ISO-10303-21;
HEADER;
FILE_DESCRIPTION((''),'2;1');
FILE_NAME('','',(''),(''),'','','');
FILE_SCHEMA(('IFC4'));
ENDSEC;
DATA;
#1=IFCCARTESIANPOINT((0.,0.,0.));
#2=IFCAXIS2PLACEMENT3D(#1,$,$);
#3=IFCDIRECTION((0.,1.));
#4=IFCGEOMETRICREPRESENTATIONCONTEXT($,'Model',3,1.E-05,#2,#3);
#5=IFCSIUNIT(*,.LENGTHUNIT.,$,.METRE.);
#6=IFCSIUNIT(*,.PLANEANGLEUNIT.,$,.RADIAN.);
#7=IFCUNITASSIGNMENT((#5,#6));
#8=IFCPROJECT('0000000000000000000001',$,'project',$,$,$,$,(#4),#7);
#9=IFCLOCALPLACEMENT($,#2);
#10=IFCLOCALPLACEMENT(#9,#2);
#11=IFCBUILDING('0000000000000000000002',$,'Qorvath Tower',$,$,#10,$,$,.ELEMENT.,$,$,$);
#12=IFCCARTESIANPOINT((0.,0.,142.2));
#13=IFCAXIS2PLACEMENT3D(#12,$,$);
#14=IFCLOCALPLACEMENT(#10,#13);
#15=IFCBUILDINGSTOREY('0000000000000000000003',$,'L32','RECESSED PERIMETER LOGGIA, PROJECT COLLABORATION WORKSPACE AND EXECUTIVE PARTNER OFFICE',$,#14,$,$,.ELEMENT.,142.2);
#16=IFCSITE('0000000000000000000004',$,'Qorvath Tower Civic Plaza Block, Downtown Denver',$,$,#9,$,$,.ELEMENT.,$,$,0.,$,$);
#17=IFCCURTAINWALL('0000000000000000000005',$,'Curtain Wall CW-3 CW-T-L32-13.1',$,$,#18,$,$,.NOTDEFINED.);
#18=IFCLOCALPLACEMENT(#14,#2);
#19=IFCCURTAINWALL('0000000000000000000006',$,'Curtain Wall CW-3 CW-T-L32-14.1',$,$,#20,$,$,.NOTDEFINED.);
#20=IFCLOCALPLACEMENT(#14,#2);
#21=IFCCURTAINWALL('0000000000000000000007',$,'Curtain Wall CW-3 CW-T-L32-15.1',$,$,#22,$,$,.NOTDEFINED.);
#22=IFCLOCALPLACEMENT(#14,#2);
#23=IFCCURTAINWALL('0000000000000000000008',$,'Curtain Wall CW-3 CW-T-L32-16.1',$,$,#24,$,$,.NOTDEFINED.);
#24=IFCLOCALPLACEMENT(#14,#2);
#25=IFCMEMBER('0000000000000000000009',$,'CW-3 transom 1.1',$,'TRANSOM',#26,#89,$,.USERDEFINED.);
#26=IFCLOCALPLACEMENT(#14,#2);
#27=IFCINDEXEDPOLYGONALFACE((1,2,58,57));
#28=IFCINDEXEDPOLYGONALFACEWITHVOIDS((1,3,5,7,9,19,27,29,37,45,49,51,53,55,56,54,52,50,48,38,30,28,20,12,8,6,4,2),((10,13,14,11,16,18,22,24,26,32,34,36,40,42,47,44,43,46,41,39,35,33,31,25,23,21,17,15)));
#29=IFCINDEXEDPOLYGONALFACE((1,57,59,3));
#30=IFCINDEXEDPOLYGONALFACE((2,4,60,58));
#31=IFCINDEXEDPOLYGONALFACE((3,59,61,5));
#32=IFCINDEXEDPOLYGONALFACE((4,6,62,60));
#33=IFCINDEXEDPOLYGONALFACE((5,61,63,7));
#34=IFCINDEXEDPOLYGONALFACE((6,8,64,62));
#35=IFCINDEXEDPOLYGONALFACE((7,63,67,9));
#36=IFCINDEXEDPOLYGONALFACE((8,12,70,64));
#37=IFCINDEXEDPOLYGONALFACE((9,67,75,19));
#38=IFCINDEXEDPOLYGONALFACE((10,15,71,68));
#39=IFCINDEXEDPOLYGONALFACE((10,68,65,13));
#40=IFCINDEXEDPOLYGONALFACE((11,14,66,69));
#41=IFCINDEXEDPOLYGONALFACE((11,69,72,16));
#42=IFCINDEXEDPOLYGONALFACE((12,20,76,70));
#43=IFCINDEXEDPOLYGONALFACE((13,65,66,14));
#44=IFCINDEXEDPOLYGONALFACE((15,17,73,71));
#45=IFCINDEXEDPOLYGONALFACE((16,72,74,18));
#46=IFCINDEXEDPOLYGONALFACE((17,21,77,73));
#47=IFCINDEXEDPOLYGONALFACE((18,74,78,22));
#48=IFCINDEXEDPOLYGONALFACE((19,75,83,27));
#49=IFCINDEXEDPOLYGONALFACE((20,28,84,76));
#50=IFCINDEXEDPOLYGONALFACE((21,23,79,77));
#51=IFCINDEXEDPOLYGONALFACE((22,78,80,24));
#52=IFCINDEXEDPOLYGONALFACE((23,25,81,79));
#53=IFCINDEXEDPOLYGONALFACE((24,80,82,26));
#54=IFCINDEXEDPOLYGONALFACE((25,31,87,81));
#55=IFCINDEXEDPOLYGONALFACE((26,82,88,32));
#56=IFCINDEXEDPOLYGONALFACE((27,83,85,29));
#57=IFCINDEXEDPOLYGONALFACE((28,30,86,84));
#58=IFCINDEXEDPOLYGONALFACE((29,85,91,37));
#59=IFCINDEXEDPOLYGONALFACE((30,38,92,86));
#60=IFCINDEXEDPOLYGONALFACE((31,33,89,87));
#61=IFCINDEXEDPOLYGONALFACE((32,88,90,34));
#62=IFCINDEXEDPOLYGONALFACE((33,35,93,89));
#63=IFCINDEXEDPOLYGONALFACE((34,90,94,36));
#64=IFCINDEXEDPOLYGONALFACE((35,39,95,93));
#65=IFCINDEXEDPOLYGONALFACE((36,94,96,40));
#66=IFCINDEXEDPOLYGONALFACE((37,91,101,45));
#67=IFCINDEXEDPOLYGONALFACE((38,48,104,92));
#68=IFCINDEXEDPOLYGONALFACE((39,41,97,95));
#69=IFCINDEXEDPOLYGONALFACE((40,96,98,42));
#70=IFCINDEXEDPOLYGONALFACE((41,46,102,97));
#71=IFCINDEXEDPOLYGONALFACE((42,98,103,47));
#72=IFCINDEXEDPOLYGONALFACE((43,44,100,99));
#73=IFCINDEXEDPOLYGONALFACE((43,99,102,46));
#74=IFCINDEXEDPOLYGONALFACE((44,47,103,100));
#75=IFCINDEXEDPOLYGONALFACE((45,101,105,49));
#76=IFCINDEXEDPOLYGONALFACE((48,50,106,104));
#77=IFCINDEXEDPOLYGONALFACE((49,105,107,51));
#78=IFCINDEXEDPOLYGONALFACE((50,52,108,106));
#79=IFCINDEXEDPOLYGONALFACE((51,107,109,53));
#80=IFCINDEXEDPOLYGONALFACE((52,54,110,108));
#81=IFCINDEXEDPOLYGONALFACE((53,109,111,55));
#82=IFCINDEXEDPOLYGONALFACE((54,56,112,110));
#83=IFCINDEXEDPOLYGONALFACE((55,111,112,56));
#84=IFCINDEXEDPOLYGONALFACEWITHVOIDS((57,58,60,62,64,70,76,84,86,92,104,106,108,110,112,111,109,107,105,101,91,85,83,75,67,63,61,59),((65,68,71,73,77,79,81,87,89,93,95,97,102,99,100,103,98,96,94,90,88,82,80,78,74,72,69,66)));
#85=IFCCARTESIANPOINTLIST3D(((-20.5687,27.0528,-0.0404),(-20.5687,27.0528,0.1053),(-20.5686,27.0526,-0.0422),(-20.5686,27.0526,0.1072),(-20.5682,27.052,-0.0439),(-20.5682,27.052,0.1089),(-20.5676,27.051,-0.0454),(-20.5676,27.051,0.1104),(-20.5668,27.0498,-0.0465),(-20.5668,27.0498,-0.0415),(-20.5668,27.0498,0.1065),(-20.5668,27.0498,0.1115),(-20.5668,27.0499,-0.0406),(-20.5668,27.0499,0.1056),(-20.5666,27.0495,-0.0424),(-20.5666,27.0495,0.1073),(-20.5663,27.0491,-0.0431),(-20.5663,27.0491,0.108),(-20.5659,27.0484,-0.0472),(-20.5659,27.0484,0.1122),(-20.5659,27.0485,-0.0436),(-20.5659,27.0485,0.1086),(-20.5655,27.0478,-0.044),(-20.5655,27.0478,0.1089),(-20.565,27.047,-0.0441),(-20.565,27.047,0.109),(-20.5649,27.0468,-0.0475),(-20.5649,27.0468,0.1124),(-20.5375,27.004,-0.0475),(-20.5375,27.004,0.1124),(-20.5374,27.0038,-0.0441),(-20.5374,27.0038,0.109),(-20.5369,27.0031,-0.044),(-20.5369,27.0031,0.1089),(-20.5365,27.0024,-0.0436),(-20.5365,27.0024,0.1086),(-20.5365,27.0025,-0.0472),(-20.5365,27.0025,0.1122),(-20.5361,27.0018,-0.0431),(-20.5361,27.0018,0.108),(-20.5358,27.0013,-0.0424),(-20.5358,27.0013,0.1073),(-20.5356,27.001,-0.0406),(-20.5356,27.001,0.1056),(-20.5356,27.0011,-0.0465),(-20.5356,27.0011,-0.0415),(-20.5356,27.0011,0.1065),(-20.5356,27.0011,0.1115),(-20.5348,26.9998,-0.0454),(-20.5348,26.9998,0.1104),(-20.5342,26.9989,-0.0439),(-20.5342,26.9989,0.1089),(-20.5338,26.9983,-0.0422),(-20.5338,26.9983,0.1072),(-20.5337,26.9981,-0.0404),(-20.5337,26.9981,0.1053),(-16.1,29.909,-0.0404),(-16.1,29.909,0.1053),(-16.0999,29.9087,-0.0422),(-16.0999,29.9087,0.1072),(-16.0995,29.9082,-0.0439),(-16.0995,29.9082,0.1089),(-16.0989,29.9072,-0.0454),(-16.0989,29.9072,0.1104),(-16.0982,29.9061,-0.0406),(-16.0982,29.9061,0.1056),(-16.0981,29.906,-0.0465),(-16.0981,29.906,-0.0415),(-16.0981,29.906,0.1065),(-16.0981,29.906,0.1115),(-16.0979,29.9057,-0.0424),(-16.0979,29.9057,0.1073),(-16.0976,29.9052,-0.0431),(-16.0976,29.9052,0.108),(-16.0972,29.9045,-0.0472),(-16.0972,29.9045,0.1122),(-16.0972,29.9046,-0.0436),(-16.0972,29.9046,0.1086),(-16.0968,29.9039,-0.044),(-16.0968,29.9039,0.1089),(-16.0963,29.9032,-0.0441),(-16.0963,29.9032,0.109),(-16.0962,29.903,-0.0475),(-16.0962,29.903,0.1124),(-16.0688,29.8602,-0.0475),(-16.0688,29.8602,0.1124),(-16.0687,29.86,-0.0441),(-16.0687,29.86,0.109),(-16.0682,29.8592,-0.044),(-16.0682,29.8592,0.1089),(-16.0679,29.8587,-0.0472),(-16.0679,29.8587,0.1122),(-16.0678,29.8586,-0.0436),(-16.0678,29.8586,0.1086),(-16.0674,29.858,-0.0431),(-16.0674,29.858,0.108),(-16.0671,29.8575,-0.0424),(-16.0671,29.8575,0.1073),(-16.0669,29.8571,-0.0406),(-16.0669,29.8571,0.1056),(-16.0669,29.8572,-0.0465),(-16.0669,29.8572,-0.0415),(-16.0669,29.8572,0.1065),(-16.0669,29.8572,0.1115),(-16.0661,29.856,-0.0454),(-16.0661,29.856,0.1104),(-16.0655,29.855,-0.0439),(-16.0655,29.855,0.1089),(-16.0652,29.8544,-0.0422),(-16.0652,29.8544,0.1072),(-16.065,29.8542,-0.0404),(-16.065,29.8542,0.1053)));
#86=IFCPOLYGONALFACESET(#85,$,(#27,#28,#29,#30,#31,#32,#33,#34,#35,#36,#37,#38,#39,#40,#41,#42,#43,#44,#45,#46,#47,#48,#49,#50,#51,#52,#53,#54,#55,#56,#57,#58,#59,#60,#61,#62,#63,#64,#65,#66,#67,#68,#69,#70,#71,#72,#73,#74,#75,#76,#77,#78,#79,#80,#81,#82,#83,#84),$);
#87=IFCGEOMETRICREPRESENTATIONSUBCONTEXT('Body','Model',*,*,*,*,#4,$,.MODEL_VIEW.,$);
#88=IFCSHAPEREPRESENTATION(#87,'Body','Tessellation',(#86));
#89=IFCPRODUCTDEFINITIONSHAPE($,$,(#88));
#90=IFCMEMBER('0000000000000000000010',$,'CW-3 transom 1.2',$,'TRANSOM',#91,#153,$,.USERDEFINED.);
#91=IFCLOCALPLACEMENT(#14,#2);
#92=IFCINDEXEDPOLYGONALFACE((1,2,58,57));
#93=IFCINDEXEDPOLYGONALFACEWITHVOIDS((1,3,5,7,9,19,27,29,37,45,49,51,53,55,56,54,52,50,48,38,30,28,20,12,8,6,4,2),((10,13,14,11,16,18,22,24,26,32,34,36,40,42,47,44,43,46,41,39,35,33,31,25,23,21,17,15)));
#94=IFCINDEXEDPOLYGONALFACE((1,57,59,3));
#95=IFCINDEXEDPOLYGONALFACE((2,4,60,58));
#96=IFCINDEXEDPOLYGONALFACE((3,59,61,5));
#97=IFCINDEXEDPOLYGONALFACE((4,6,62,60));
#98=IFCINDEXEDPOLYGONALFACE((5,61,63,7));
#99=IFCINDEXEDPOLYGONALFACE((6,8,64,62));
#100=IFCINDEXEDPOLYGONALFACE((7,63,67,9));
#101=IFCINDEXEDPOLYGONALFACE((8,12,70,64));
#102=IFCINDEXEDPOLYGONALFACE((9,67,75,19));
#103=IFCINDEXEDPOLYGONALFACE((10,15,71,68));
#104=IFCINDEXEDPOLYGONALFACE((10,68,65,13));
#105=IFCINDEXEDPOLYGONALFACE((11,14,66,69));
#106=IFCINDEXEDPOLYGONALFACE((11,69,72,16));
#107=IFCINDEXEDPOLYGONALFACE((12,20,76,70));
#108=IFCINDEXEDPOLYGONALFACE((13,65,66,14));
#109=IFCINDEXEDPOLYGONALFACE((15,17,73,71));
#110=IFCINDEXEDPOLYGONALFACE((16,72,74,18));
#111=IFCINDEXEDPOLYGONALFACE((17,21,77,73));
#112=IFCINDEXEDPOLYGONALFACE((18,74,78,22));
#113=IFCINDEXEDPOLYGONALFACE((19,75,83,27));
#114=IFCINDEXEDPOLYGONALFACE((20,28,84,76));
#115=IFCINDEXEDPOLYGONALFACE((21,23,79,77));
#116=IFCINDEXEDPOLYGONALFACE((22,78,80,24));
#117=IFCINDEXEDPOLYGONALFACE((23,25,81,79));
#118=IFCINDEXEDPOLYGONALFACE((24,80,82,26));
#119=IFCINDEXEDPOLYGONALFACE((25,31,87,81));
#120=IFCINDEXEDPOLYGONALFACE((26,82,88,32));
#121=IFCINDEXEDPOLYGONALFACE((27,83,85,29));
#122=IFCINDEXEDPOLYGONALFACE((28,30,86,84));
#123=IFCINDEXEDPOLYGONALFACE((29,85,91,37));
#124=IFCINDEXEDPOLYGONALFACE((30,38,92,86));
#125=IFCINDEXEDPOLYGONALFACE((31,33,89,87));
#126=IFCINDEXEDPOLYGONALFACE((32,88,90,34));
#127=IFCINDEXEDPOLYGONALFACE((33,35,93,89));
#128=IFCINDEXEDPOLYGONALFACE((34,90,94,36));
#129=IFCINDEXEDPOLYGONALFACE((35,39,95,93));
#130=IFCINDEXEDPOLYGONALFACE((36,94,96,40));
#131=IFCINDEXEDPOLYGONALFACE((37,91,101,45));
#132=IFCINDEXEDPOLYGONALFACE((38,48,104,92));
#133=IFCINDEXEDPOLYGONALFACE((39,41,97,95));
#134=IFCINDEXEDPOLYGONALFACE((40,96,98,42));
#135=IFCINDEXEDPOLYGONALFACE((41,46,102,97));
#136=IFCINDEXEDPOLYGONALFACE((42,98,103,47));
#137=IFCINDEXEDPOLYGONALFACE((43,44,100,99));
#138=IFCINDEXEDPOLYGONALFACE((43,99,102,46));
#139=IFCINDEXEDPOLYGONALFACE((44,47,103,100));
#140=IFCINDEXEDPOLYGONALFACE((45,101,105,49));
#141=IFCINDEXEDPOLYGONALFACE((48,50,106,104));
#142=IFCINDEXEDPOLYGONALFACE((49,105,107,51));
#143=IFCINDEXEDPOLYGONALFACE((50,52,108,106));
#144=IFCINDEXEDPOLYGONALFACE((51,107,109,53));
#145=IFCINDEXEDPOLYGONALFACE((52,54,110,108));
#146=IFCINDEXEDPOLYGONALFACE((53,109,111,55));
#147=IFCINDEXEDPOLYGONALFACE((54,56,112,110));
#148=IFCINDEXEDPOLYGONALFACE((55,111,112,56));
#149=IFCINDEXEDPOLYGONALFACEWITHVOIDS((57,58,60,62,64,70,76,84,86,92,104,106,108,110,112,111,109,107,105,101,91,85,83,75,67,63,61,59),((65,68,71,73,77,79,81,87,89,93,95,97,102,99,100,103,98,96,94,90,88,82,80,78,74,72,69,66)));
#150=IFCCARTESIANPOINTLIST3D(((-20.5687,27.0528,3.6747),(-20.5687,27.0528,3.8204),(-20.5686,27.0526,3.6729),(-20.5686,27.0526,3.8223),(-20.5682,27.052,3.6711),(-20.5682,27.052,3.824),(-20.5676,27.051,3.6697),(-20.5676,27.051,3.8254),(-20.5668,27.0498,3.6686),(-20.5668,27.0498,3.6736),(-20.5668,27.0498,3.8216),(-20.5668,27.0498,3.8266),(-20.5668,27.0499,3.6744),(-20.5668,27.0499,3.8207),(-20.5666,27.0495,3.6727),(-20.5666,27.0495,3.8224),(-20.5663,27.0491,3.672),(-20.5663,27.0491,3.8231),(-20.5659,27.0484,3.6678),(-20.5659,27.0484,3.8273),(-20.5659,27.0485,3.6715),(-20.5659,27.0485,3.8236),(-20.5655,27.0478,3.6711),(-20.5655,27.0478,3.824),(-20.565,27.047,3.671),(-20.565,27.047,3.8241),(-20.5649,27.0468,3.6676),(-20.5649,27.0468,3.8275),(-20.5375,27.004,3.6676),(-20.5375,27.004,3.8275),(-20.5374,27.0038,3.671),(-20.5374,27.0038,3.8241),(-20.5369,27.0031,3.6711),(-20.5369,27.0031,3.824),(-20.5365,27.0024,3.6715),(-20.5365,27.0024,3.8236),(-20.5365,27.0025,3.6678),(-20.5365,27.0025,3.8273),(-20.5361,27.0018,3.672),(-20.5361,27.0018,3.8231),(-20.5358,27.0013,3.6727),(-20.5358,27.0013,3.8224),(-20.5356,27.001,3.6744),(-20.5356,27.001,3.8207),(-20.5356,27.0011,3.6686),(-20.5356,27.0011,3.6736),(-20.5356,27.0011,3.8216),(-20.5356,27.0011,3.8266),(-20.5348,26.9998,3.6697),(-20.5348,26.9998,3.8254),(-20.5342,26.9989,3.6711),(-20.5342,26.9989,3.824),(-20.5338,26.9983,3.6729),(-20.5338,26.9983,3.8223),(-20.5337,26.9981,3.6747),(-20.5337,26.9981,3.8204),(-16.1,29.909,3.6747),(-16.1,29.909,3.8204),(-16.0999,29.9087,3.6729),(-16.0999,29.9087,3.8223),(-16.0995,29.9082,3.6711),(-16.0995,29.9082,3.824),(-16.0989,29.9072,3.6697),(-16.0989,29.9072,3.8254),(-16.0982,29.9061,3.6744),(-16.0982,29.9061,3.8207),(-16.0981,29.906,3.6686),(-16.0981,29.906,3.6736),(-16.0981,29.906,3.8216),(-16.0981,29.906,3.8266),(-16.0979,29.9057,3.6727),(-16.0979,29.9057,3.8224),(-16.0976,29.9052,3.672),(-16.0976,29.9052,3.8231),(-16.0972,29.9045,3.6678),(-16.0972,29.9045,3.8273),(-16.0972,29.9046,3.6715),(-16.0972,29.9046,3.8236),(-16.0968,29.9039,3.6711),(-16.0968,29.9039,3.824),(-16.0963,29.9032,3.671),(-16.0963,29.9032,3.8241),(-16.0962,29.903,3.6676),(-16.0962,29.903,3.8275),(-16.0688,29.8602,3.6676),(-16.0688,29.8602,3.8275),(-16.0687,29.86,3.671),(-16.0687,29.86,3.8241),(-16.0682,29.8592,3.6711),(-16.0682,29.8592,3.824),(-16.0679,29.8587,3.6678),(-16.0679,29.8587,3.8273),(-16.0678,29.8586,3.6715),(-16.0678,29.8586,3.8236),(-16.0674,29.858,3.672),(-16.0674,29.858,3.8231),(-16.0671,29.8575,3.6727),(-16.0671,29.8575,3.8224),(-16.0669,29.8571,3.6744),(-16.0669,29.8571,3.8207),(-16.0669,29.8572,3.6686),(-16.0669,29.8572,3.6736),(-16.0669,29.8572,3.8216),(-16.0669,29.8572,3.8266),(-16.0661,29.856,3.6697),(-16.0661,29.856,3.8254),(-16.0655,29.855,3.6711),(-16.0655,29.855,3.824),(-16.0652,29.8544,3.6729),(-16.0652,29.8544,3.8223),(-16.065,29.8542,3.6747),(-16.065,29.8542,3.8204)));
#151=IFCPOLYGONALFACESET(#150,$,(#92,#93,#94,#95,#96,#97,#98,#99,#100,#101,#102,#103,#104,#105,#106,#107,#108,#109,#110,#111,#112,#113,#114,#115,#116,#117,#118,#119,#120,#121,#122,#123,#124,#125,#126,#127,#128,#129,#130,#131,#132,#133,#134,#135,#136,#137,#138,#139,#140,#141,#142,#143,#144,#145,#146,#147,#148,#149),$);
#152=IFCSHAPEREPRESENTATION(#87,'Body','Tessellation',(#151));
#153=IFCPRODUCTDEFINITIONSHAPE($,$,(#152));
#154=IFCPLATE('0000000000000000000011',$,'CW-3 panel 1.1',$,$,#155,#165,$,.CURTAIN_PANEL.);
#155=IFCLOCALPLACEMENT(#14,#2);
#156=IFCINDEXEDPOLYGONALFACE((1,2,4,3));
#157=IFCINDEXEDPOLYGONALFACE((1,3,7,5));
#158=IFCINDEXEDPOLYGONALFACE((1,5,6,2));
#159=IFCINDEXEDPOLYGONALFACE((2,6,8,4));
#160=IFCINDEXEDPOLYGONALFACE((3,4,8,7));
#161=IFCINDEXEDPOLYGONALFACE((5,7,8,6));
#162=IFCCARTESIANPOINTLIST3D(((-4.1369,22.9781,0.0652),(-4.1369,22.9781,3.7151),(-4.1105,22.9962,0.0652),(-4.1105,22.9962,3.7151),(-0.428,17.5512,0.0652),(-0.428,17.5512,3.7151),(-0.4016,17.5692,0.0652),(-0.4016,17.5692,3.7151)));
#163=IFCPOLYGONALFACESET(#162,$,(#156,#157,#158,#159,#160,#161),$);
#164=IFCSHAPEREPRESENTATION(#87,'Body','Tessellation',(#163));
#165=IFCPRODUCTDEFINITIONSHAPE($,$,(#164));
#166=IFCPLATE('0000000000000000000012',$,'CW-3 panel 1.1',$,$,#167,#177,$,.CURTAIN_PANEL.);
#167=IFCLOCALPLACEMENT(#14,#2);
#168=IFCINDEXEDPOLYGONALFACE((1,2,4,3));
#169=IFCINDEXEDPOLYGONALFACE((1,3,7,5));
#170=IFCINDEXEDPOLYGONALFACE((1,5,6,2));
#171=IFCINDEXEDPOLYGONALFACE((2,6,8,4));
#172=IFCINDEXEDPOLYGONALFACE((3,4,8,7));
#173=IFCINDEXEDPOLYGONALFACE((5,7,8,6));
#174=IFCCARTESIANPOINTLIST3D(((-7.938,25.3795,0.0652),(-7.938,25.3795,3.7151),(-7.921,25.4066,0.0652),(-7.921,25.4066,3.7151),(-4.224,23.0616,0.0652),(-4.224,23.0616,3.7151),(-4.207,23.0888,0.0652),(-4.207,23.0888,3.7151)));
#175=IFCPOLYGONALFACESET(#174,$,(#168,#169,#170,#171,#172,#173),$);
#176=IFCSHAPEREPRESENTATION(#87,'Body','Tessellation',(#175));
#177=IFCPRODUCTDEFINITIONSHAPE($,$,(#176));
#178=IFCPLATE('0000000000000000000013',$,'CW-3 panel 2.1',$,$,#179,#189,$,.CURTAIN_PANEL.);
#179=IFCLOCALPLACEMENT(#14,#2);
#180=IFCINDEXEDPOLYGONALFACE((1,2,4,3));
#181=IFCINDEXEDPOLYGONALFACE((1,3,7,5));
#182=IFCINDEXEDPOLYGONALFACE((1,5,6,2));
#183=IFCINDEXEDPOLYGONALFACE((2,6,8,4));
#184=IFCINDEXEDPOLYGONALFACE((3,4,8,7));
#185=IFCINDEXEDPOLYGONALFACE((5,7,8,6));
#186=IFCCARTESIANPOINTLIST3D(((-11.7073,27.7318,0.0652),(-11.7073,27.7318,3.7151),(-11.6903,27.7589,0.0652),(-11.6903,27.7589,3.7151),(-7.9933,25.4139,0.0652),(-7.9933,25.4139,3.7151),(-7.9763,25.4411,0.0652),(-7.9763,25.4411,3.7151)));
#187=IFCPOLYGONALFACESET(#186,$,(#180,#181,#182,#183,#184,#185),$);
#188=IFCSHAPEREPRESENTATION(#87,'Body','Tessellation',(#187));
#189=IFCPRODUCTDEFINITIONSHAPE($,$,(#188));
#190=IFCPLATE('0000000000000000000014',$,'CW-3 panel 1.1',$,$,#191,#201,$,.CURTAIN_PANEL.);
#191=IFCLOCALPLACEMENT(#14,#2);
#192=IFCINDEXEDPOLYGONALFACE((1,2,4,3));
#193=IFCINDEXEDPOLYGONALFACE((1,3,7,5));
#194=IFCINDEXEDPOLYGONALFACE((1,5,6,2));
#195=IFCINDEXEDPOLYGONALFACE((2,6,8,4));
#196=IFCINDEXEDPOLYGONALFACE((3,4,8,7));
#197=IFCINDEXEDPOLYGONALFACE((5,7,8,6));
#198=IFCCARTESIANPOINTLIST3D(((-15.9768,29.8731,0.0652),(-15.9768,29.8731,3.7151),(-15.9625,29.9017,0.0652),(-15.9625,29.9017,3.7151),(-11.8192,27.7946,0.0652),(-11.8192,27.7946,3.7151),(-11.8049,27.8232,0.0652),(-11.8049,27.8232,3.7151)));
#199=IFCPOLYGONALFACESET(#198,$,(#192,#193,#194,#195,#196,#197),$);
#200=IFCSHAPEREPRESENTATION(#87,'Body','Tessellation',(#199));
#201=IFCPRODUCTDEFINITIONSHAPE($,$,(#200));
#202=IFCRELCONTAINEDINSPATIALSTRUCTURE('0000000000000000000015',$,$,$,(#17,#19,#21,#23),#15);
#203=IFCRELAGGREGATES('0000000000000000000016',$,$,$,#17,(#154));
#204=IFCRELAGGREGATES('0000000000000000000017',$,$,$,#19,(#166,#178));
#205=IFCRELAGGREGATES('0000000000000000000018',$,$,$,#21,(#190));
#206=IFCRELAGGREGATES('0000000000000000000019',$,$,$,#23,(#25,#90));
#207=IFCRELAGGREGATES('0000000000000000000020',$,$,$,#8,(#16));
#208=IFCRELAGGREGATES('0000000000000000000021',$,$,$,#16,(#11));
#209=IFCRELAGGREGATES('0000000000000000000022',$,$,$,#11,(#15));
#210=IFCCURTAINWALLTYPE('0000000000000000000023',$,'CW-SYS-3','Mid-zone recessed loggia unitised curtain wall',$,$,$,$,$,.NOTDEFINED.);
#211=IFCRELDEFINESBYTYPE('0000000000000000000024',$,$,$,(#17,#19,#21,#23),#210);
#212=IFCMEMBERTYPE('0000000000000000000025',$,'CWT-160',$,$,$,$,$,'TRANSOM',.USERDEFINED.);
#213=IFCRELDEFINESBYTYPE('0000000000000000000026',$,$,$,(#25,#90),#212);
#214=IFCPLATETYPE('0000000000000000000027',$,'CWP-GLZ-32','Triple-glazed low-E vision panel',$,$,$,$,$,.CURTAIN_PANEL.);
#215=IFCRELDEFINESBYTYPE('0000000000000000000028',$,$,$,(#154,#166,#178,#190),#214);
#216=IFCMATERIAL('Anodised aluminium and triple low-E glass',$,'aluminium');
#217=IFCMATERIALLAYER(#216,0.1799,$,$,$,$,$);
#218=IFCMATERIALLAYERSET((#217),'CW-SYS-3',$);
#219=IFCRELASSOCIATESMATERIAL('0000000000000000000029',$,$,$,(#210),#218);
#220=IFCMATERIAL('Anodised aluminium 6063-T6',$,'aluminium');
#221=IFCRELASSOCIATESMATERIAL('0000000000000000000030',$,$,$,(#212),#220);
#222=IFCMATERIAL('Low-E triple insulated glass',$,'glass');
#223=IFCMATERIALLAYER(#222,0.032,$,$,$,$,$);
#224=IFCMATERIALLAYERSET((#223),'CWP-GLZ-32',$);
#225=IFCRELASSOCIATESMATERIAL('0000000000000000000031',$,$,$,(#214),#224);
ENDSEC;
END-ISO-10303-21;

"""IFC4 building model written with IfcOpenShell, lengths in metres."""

from ifc_helpers import new_model, si_unit, direction, frame, origin, origin_2d, place, context, subcontext, project, spatial, rectangle, hollow_rectangle, extrude, material, layer, layer_set, material_profile, profile_set, type_object, element, aggregate, save


model = new_model("IFC4")

# Units and contexts
model_context = context("Model", 3, precision=1e-05, world=origin(), true_north=direction((0.0, 1.0)))
body_context = subcontext(model_context, "Body", "Model", "MODEL_VIEW")
ifc_project = project(units=[si_unit("LENGTHUNIT", "METRE"), si_unit("PLANEANGLEUNIT", "RADIAN")], contexts=[model_context])

# Site, building, storey
site_placement = place(None, origin())
site = spatial("IfcSite", under=ifc_project, at=site_placement, Name="Qorvath Tower Civic Plaza Block, Downtown Denver", CompositionType="ELEMENT", RefElevation=0.0)
building_placement = place(site_placement, origin())
building = spatial("IfcBuilding", under=site, at=building_placement, Name="Qorvath Tower", CompositionType="ELEMENT")
storey_placement = place(building_placement, frame((0.0, 0.0, 142.2)))
storey = spatial("IfcBuildingStorey", under=building, at=storey_placement, Name="L32", Description="RECESSED PERIMETER LOGGIA, PROJECT COLLABORATION WORKSPACE AND EXECUTIVE PARTNER OFFICE", CompositionType="ELEMENT", Elevation=142.2)

# Curtain wall
ifc_material_1 = material(Name="Anodised aluminium and triple low-E glass", Category="aluminium")
ifc_layer_1 = layer(ifc_material_1, 0.1799)
ifc_layer_set_1 = layer_set([ifc_layer_1], Name="CW-SYS-3")
curtain_wall_type = type_object("IfcCurtainWallType", Name="CW-SYS-3", Description="Mid-zone recessed loggia unitised curtain wall", PredefinedType="NOTDEFINED", material=ifc_layer_set_1)
curtain_wall_1_placement = place(storey_placement, origin())
curtain_wall_1 = element("IfcCurtainWall", 1, at=curtain_wall_1_placement, inside=storey, type_object=curtain_wall_type, Name="Curtain Wall CW-3 CW-T-L32-13.1", PredefinedType="NOTDEFINED")

# Curtain walls
curtain_wall_2_placement = place(storey_placement, origin())
curtain_wall_2 = element("IfcCurtainWall", 2, at=curtain_wall_2_placement, inside=storey, type_object=curtain_wall_type, Name="Curtain Wall CW-3 CW-T-L32-14.1", PredefinedType="NOTDEFINED")
curtain_wall_3_placement = place(storey_placement, origin())
curtain_wall_3 = element("IfcCurtainWall", 3, at=curtain_wall_3_placement, inside=storey, type_object=curtain_wall_type, Name="Curtain Wall CW-3 CW-T-L32-15.1", PredefinedType="NOTDEFINED")

# Curtain wall
curtain_wall_4_placement = place(storey_placement, origin())
curtain_wall_4 = element("IfcCurtainWall", 4, at=curtain_wall_4_placement, inside=storey, type_object=curtain_wall_type, Name="Curtain Wall CW-3 CW-T-L32-16.1", PredefinedType="NOTDEFINED")

# Members
ifc_material_2 = material(Name="Anodised aluminium 6063-T6", Category="aluminium")
ifc_material_profile_1 = material_profile(ifc_material_2, hollow_rectangle(XDim=0.0649, YDim=0.1599, WallThickness=0.0034, InnerFilletRadius=0.0034, OuterFilletRadius=0.0071, at=origin_2d()), Name="CWT 160x65")
ifc_profile_set_1 = profile_set([ifc_material_profile_1], Name="Anodised aluminium 6063-T6")
member_type_1 = type_object("IfcMemberType", Name="CWT-160", ElementType="TRANSOM", PredefinedType="USERDEFINED", material=ifc_profile_set_1)
member_1_placement = place(storey_placement, frame((-16.0825, 29.8816, 0.0325), z_axis=(-0.842596, -0.538545, 0.0), x_axis=(0.538545, -0.842596, 0.0)))
member_1 = element("IfcMember", 5, at=member_1_placement, type_object=member_type_1, Name="CW-3 transom 1.1", ObjectType="TRANSOM", PredefinedType="USERDEFINED", context=body_context, shape_type="SweptSolid", body=[
    extrude(hollow_rectangle(XDim=0.0649, YDim=0.1599, WallThickness=0.0034, InnerFilletRadius=0.0034, OuterFilletRadius=0.0071, at=origin_2d()), origin(), (0.0, 0.0, 1.0), 5.3035),
])
member_2_placement = place(storey_placement, frame((-16.0825, 29.8816, 3.7476), z_axis=(-0.842596, -0.538545, 0.0), x_axis=(0.538545, -0.842596, 0.0)))
member_2 = element("IfcMember", 6, at=member_2_placement, type_object=member_type_1, Name="CW-3 transom 1.2", ObjectType="TRANSOM", PredefinedType="USERDEFINED", context=body_context, shape_type="SweptSolid", body=[
    extrude(hollow_rectangle(XDim=0.0649, YDim=0.1599, WallThickness=0.0034, InnerFilletRadius=0.0034, OuterFilletRadius=0.0071, at=origin_2d()), origin(), (0.0, 0.0, 1.0), 5.3035),
])

# Plates
ifc_material_3 = material(Name="Low-E triple insulated glass", Category="glass")
ifc_layer_2 = layer(ifc_material_3, 0.032)
ifc_layer_set_2 = layer_set([ifc_layer_2], Name="CWP-GLZ-32")
plate_type = type_object("IfcPlateType", Name="CWP-GLZ-32", Description="Triple-glazed low-E vision panel", PredefinedType="CURTAIN_PANEL", material=ifc_layer_set_2)
plate_1_placement = place(storey_placement, frame((-2.2693, 20.2737, 0.0652), z_axis=(0.0, 0.0, 1.0), x_axis=(-0.564241, 0.82561, 0.0)))
plate_1 = element("IfcPlate", 7, at=plate_1_placement, type_object=plate_type, Name="CW-3 panel 1.1", PredefinedType="CURTAIN_PANEL", context=body_context, shape_type="SweptSolid", body=[
    extrude(rectangle(XDim=6.5732, YDim=0.032, at=origin_2d()), origin(), (0.0, 0.0, 1.0), 3.6499),
])
aggregate(curtain_wall_1, [plate_1])
plate_2_placement = place(storey_placement, frame((-6.0725, 24.2341, 0.0652), z_axis=(0.0, 0.0, 1.0), x_axis=(-0.848346, 0.529441, 0.0)))
plate_2 = element("IfcPlate", 8, at=plate_2_placement, type_object=plate_type, Name="CW-3 panel 1.1", PredefinedType="CURTAIN_PANEL", context=body_context, shape_type="SweptSolid", body=[
    extrude(rectangle(XDim=4.3779, YDim=0.032, at=origin_2d()), origin(), (0.0, 0.0, 1.0), 3.6499),
])
plate_3_placement = place(storey_placement, frame((-9.8418, 26.5864, 0.0652), z_axis=(0.0, 0.0, 1.0), x_axis=(-0.848346, 0.529441, 0.0)))
plate_3 = element("IfcPlate", 9, at=plate_3_placement, type_object=plate_type, Name="CW-3 panel 2.1", PredefinedType="CURTAIN_PANEL", context=body_context, shape_type="SweptSolid", body=[
    extrude(rectangle(XDim=4.3779, YDim=0.032, at=origin_2d()), origin(), (0.0, 0.0, 1.0), 3.6499),
])
aggregate(curtain_wall_2, [plate_2, plate_3])
plate_4_placement = place(storey_placement, frame((-13.8909, 28.8481, 0.0652), z_axis=(0.0, 0.0, 1.0), x_axis=(-0.894448, 0.447172, 0.0)))
plate_4 = element("IfcPlate", 10, at=plate_4_placement, type_object=plate_type, Name="CW-3 panel 1.1", PredefinedType="CURTAIN_PANEL", context=body_context, shape_type="SweptSolid", body=[
    extrude(rectangle(XDim=4.6482, YDim=0.032, at=origin_2d()), origin(), (0.0, 0.0, 1.0), 3.6499),
])
aggregate(curtain_wall_3, [plate_4])
aggregate(curtain_wall_4, [member_1, member_2])

save(model, "model.ifc")
